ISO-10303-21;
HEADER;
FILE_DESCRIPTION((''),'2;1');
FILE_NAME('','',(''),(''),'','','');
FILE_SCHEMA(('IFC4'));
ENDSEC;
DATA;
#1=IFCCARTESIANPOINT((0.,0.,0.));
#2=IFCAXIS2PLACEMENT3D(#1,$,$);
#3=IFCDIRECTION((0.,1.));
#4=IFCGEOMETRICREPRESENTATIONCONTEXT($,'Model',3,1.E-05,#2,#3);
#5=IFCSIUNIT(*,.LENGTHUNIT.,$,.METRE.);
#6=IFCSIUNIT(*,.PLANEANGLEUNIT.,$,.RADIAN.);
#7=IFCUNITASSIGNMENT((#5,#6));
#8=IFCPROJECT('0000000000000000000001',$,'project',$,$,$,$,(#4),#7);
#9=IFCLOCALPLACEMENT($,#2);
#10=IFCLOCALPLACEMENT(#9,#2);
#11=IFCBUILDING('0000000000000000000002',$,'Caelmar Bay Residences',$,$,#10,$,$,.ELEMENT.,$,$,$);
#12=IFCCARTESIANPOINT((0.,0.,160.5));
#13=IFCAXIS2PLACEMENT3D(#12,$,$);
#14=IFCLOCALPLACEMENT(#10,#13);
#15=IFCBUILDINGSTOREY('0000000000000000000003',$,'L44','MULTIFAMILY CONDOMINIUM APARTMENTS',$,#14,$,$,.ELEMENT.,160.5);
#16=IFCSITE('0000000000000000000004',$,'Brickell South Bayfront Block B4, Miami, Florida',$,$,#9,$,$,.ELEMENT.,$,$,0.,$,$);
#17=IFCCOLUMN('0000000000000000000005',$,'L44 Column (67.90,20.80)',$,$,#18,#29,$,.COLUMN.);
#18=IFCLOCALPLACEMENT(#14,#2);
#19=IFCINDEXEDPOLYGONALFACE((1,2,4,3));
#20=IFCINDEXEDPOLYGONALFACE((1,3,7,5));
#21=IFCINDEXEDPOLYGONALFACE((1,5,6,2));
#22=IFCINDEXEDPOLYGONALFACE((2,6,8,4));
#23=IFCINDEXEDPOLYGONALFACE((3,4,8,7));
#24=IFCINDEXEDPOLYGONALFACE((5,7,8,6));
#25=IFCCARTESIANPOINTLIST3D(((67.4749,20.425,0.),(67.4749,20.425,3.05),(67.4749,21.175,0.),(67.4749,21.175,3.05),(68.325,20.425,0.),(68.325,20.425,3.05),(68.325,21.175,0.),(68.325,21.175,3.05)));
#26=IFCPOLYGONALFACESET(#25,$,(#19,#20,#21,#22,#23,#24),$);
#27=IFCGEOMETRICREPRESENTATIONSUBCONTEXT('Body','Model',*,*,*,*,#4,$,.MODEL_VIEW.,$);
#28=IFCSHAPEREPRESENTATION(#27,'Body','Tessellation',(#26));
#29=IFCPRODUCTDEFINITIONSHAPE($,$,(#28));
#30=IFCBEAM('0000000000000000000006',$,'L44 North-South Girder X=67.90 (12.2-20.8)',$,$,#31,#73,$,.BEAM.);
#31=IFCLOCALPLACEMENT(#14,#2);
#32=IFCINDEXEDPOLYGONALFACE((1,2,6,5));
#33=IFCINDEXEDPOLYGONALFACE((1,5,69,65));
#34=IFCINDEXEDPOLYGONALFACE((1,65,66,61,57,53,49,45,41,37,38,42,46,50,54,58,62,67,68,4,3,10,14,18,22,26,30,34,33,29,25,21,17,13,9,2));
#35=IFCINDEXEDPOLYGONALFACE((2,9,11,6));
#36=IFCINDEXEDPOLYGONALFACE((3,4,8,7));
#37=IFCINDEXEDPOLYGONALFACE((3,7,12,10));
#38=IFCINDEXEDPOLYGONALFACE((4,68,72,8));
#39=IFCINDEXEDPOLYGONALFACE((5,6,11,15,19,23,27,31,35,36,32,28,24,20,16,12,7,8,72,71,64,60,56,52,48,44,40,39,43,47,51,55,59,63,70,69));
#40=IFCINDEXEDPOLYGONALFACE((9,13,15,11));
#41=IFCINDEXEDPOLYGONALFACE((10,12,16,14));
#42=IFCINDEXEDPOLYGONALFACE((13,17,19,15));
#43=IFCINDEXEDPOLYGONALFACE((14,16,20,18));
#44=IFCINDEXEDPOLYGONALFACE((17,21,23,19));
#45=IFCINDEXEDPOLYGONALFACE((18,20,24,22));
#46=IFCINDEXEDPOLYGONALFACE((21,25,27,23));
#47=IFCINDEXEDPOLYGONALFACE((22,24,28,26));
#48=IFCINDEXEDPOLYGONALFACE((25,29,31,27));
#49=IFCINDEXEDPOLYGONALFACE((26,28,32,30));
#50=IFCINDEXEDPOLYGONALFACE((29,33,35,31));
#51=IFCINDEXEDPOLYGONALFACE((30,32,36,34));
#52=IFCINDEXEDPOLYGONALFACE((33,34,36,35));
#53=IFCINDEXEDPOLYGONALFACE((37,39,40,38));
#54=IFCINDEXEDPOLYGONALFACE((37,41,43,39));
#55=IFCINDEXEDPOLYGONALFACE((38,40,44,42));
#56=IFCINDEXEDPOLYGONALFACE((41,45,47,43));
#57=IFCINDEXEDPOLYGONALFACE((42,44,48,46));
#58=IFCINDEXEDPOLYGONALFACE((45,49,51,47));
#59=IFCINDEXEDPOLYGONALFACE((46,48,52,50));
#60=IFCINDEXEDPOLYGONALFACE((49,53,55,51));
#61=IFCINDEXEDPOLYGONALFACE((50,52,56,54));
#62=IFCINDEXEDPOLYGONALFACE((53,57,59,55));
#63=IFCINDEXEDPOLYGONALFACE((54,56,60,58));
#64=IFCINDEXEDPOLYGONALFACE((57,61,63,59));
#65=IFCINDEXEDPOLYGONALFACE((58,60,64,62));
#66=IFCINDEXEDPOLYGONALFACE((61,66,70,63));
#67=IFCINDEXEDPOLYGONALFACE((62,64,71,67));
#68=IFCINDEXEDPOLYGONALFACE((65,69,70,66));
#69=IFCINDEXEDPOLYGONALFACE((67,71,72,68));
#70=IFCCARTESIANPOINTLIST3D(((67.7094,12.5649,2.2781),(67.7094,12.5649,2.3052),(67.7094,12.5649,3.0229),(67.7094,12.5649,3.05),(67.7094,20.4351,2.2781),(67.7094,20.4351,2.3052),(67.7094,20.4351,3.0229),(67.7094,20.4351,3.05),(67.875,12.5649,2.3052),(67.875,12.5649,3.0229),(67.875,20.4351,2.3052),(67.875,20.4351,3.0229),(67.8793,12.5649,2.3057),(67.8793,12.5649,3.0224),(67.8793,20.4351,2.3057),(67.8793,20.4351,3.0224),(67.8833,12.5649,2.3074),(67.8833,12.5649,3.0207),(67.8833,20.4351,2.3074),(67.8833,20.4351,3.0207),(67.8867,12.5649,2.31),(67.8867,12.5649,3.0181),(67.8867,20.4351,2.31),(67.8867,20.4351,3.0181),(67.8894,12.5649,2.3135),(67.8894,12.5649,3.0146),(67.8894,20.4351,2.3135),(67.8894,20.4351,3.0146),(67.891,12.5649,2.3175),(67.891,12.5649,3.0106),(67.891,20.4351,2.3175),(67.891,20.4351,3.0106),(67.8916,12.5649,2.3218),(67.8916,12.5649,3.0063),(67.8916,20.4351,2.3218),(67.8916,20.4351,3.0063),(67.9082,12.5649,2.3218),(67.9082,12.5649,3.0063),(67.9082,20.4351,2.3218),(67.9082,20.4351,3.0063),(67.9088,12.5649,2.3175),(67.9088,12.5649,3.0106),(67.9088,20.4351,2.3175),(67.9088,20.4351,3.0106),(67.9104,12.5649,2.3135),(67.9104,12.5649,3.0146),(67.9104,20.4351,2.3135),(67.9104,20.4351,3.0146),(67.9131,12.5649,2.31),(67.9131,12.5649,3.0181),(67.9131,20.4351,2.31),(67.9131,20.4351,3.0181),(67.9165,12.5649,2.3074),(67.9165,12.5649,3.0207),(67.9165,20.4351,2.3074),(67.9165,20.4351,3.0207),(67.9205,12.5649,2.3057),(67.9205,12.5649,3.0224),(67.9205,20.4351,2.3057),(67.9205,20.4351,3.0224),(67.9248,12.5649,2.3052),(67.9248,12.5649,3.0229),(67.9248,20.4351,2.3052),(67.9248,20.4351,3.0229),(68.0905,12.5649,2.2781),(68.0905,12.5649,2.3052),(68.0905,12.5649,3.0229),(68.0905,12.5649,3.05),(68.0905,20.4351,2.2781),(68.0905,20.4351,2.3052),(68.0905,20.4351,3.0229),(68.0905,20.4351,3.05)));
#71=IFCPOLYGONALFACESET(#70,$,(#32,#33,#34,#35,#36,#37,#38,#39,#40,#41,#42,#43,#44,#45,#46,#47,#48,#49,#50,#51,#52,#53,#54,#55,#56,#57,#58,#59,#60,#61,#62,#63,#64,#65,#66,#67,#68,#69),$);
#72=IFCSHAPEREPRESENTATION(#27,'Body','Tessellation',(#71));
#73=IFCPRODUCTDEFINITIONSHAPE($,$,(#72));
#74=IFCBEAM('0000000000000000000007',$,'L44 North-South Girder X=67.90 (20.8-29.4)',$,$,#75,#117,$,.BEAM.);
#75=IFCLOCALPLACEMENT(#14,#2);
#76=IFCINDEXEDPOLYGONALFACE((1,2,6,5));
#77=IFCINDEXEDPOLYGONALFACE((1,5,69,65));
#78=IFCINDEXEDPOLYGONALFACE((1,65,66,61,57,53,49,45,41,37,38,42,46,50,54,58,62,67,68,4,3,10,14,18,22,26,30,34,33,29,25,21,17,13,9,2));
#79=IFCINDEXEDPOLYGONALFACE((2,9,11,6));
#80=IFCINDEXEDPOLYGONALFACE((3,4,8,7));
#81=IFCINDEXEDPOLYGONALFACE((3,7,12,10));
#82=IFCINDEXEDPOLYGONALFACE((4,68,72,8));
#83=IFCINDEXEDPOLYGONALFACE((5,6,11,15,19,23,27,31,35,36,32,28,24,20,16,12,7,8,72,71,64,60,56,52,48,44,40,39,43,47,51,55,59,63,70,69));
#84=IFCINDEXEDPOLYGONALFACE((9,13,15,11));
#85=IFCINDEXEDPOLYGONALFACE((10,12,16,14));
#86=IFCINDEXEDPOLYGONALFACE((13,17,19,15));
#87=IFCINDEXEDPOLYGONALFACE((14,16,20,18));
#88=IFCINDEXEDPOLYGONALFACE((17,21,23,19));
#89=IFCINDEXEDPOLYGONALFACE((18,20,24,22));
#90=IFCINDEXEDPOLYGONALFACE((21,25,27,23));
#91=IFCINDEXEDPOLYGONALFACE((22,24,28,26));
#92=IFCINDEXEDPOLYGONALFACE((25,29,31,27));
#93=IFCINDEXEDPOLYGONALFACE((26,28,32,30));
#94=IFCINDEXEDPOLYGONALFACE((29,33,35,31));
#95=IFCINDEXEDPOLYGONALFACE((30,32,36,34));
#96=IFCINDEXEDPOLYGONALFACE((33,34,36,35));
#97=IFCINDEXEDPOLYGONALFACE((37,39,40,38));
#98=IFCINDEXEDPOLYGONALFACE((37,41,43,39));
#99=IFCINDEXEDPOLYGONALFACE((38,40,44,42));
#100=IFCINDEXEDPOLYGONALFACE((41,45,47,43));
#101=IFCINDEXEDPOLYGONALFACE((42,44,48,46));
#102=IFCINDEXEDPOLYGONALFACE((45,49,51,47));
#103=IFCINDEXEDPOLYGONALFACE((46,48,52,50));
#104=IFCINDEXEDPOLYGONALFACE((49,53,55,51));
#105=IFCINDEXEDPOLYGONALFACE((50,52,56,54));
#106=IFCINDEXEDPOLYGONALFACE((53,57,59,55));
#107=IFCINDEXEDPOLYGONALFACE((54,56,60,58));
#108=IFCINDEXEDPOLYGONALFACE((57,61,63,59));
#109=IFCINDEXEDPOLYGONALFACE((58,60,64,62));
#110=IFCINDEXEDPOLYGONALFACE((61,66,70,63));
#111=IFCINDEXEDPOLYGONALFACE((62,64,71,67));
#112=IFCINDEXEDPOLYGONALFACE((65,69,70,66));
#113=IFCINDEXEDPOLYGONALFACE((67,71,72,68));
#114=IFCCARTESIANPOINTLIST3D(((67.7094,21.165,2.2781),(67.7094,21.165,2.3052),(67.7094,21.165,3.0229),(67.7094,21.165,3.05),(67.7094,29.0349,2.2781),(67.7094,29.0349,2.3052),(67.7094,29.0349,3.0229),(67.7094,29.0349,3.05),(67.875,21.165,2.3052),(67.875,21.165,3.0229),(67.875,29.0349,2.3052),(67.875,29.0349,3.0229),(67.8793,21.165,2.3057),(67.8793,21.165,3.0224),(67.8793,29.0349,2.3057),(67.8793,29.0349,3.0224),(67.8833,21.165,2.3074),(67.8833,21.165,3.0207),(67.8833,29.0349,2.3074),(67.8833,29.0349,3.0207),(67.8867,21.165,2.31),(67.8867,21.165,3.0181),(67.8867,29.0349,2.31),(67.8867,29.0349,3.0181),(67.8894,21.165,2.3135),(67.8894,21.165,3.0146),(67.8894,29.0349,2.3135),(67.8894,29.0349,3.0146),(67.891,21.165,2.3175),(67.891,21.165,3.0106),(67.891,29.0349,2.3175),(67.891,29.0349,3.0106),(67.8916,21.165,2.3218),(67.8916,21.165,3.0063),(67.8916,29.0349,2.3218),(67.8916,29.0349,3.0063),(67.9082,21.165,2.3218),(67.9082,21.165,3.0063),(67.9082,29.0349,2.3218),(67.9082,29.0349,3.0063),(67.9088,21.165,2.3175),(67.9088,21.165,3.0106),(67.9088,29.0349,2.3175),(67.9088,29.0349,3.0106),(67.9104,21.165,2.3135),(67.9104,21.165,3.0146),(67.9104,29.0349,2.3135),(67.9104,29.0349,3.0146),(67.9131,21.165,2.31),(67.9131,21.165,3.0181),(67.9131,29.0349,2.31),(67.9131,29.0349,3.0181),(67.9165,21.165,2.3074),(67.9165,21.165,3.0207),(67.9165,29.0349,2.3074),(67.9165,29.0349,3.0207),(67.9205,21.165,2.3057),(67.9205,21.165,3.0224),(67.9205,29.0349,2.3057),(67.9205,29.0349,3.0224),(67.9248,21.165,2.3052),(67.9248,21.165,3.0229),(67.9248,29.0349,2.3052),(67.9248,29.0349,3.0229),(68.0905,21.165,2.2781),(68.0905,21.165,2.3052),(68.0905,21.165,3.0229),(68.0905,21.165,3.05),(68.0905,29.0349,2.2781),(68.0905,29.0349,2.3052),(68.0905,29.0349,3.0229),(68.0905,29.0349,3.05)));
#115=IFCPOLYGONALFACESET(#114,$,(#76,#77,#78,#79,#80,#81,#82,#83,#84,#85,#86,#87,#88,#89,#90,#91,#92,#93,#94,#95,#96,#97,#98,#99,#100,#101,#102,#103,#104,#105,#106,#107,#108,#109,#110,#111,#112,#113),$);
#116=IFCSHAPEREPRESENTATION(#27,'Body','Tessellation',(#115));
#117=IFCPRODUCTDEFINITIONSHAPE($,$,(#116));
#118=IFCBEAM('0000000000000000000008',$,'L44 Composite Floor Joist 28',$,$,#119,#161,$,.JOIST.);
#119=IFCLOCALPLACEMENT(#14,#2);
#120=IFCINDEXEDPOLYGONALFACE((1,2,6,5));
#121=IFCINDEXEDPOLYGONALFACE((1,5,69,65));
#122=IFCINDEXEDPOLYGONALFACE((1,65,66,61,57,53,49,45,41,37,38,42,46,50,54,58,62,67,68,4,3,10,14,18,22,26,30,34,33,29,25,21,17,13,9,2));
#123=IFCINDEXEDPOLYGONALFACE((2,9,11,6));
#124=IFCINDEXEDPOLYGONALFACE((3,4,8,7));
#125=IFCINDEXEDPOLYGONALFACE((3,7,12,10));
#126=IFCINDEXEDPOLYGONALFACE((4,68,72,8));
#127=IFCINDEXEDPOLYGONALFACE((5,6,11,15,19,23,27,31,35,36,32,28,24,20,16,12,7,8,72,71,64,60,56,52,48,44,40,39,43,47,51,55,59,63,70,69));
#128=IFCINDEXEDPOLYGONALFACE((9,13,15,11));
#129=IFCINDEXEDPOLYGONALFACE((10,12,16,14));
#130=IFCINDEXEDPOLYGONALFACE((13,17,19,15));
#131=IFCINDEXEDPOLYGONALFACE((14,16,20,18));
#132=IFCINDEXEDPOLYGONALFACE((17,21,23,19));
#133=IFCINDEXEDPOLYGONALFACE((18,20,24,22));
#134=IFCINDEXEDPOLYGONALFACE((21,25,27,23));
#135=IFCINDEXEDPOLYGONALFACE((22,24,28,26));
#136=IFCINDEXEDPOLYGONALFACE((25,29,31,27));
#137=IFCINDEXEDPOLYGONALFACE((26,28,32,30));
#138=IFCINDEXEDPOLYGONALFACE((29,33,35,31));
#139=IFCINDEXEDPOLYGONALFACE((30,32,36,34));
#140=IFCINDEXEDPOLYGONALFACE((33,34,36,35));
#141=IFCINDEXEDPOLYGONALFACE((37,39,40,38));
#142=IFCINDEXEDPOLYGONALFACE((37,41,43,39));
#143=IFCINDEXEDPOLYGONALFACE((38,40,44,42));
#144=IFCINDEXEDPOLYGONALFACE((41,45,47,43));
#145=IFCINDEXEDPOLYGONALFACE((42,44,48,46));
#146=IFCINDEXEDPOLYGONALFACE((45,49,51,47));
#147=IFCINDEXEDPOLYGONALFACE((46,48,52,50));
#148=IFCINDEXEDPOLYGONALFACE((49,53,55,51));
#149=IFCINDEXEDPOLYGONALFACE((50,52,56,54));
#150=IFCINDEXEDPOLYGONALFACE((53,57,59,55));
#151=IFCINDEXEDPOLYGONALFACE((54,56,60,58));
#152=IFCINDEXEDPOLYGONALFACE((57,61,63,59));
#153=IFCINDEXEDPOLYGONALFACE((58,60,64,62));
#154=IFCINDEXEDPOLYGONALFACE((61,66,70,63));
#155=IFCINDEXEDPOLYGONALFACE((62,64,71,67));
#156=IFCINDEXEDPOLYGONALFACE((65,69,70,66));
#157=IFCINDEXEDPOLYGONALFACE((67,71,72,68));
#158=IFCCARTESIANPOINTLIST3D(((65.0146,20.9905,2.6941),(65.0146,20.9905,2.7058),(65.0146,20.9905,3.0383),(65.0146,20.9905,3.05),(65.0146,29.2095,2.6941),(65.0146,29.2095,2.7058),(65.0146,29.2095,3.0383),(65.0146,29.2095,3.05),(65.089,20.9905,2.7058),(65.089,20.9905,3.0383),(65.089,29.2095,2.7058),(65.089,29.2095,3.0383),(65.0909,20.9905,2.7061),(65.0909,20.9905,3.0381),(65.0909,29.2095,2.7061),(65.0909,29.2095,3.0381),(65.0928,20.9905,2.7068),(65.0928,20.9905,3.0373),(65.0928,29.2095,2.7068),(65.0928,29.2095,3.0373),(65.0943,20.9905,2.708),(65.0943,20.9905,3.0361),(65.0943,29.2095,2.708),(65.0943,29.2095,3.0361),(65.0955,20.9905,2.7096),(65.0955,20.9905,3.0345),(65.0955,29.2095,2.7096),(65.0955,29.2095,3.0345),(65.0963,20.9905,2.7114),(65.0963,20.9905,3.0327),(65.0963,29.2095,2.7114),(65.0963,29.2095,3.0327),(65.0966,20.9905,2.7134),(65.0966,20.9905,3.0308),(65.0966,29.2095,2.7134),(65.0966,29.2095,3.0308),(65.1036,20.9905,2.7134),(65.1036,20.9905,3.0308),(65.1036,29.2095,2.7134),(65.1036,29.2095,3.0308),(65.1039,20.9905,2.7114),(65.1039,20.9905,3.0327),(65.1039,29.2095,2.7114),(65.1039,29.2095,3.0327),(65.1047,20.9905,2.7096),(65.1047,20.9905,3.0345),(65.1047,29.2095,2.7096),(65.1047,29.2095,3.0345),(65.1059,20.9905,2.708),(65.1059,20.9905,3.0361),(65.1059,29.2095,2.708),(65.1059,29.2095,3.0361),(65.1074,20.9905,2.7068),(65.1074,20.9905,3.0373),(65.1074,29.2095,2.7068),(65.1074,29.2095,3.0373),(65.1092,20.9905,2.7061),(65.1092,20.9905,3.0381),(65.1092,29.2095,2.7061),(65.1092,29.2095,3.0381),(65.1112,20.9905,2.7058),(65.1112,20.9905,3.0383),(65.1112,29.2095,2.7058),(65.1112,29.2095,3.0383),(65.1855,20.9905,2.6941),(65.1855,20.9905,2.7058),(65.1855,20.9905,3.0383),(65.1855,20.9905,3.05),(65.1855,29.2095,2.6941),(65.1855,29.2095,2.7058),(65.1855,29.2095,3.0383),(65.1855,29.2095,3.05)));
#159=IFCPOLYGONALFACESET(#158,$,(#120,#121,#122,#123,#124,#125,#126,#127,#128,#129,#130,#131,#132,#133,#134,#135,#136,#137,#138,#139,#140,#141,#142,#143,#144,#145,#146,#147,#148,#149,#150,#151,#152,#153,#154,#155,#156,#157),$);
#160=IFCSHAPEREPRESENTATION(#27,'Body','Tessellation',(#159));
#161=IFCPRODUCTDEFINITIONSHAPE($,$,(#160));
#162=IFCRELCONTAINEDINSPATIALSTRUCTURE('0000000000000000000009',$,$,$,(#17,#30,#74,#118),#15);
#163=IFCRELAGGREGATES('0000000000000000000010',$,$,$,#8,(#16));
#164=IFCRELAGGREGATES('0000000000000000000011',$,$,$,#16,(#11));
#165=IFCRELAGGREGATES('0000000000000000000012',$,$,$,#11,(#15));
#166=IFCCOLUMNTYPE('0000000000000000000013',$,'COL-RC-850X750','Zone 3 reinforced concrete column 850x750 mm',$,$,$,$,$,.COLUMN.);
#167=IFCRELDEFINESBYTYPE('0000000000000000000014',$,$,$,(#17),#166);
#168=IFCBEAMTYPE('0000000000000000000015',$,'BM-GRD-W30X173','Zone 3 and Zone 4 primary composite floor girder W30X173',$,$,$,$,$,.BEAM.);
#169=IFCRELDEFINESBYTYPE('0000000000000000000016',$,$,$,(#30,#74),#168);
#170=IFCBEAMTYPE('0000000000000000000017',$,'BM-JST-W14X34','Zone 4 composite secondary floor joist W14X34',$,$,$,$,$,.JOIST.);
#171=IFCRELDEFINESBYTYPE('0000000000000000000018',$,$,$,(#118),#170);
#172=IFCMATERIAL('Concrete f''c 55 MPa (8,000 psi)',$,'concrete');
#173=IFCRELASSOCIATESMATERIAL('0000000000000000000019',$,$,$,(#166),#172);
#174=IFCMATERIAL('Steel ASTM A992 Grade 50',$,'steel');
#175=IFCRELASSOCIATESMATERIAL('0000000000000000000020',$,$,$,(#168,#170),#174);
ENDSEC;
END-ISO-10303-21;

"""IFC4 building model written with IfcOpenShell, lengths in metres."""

from ifc_helpers import new_model, si_unit, direction, frame, origin, origin_2d, place, context, subcontext, project, spatial, rectangle, i_section, extrude, material, material_profile, profile_set, type_object, element, save


model = new_model("IFC4")

# Units and contexts
model_context = context("Model", 3, precision=1e-05, world=origin(), true_north=direction((0.0, 1.0)))
body_context = subcontext(model_context, "Body", "Model", "MODEL_VIEW")
ifc_project = project(units=[si_unit("LENGTHUNIT", "METRE"), si_unit("PLANEANGLEUNIT", "RADIAN")], contexts=[model_context])

# Site, building, storey
site_placement = place(None, origin())
site = spatial("IfcSite", under=ifc_project, at=site_placement, Name="Brickell South Bayfront Block B4, Miami, Florida", CompositionType="ELEMENT", RefElevation=0.0)
building_placement = place(site_placement, origin())
building = spatial("IfcBuilding", under=site, at=building_placement, Name="Caelmar Bay Residences", CompositionType="ELEMENT")
storey_placement = place(building_placement, frame((0.0, 0.0, 160.5)))
storey = spatial("IfcBuildingStorey", under=building, at=storey_placement, Name="L44", Description="MULTIFAMILY CONDOMINIUM APARTMENTS", CompositionType="ELEMENT", Elevation=160.5)

# Column
ifc_material_1 = material(Name="Concrete f'c 55 MPa (8,000 psi)", Category="concrete")
ifc_material_profile_1 = material_profile(ifc_material_1, rectangle(XDim=0.8501, YDim=0.75, at=origin_2d()), Name="RC-COL-850X750")
ifc_profile_set_1 = profile_set([ifc_material_profile_1], Name="Concrete f'c 55 MPa (8,000 psi)")
column_type = type_object("IfcColumnType", Name="COL-RC-850X750", Description="Zone 3 reinforced concrete column 850x750 mm", PredefinedType="COLUMN", material=ifc_profile_set_1)
column_placement = place(storey_placement, frame((67.8999, 20.8, 0.0), z_axis=(0.0, 0.0, 1.0), x_axis=(1.0, 0.0, 0.0)))
element("IfcColumn", 1, at=column_placement, inside=storey, type_object=column_type, Name="L44 Column (67.90,20.80)", PredefinedType="COLUMN", context=body_context, shape_type="SweptSolid", body=[
    extrude(rectangle(XDim=0.8501, YDim=0.75, at=origin_2d()), origin(), (0.0, 0.0, 1.0), 3.05),
])

# Beams
ifc_material_2 = material(Name="Steel ASTM A992 Grade 50", Category="steel")
ifc_material_profile_2 = material_profile(ifc_material_2, i_section(OverallWidth=0.3811, OverallDepth=0.772, WebThickness=0.0166, FlangeThickness=0.0271, FilletRadius=0.0166, at=origin_2d()), Name="W30X173")
ifc_profile_set_2 = profile_set([ifc_material_profile_2], Name="Steel ASTM A992 Grade 50")
beam_type_1 = type_object("IfcBeamType", Name="BM-GRD-W30X173", Description="Zone 3 and Zone 4 primary composite floor girder W30X173", PredefinedType="BEAM", material=ifc_profile_set_2)
beam_1_placement = place(storey_placement, frame((67.8999, 12.5649, 2.6641), z_axis=(0.0, 1.0, 0.0), x_axis=(-1.0, 0.0, 0.0)))
element("IfcBeam", 2, at=beam_1_placement, inside=storey, type_object=beam_type_1, Name="L44 North-South Girder X=67.90 (12.2-20.8)", PredefinedType="BEAM", context=body_context, shape_type="SweptSolid", body=[
    extrude(i_section(OverallWidth=0.3811, OverallDepth=0.772, WebThickness=0.0166, FlangeThickness=0.0271, FilletRadius=0.0166, at=origin_2d()), origin(), (0.0, 0.0, 1.0), 7.8701),
])
beam_2_placement = place(storey_placement, frame((67.8999, 21.165, 2.6641), z_axis=(0.0, 1.0, 0.0), x_axis=(-1.0, 0.0, 0.0)))
element("IfcBeam", 3, at=beam_2_placement, inside=storey, type_object=beam_type_1, Name="L44 North-South Girder X=67.90 (20.8-29.4)", PredefinedType="BEAM", context=body_context, shape_type="SweptSolid", body=[
    extrude(i_section(OverallWidth=0.3811, OverallDepth=0.772, WebThickness=0.0166, FlangeThickness=0.0271, FilletRadius=0.0166, at=origin_2d()), origin(), (0.0, 0.0, 1.0), 7.8699),
])
ifc_material_profile_3 = material_profile(ifc_material_2, i_section(OverallWidth=0.1709, OverallDepth=0.356, WebThickness=0.0071, FlangeThickness=0.0117, FilletRadius=0.0076, at=origin_2d()), Name="W14X34")
ifc_profile_set_3 = profile_set([ifc_material_profile_3], Name="Steel ASTM A992 Grade 50")
beam_type_2 = type_object("IfcBeamType", Name="BM-JST-W14X34", Description="Zone 4 composite secondary floor joist W14X34", PredefinedType="JOIST", material=ifc_profile_set_3)
beam_3_placement = place(storey_placement, frame((65.1001, 20.9905, 2.8721), z_axis=(0.0, 1.0, 0.0), x_axis=(-1.0, 0.0, 0.0)))
element("IfcBeam", 4, at=beam_3_placement, inside=storey, type_object=beam_type_2, Name="L44 Composite Floor Joist 28", PredefinedType="JOIST", context=body_context, shape_type="SweptSolid", body=[
    extrude(i_section(OverallWidth=0.1709, OverallDepth=0.356, WebThickness=0.0071, FlangeThickness=0.0117, FilletRadius=0.0076, at=origin_2d()), origin(), (0.0, 0.0, 1.0), 8.219),
])

save(model, "model.ifc")
